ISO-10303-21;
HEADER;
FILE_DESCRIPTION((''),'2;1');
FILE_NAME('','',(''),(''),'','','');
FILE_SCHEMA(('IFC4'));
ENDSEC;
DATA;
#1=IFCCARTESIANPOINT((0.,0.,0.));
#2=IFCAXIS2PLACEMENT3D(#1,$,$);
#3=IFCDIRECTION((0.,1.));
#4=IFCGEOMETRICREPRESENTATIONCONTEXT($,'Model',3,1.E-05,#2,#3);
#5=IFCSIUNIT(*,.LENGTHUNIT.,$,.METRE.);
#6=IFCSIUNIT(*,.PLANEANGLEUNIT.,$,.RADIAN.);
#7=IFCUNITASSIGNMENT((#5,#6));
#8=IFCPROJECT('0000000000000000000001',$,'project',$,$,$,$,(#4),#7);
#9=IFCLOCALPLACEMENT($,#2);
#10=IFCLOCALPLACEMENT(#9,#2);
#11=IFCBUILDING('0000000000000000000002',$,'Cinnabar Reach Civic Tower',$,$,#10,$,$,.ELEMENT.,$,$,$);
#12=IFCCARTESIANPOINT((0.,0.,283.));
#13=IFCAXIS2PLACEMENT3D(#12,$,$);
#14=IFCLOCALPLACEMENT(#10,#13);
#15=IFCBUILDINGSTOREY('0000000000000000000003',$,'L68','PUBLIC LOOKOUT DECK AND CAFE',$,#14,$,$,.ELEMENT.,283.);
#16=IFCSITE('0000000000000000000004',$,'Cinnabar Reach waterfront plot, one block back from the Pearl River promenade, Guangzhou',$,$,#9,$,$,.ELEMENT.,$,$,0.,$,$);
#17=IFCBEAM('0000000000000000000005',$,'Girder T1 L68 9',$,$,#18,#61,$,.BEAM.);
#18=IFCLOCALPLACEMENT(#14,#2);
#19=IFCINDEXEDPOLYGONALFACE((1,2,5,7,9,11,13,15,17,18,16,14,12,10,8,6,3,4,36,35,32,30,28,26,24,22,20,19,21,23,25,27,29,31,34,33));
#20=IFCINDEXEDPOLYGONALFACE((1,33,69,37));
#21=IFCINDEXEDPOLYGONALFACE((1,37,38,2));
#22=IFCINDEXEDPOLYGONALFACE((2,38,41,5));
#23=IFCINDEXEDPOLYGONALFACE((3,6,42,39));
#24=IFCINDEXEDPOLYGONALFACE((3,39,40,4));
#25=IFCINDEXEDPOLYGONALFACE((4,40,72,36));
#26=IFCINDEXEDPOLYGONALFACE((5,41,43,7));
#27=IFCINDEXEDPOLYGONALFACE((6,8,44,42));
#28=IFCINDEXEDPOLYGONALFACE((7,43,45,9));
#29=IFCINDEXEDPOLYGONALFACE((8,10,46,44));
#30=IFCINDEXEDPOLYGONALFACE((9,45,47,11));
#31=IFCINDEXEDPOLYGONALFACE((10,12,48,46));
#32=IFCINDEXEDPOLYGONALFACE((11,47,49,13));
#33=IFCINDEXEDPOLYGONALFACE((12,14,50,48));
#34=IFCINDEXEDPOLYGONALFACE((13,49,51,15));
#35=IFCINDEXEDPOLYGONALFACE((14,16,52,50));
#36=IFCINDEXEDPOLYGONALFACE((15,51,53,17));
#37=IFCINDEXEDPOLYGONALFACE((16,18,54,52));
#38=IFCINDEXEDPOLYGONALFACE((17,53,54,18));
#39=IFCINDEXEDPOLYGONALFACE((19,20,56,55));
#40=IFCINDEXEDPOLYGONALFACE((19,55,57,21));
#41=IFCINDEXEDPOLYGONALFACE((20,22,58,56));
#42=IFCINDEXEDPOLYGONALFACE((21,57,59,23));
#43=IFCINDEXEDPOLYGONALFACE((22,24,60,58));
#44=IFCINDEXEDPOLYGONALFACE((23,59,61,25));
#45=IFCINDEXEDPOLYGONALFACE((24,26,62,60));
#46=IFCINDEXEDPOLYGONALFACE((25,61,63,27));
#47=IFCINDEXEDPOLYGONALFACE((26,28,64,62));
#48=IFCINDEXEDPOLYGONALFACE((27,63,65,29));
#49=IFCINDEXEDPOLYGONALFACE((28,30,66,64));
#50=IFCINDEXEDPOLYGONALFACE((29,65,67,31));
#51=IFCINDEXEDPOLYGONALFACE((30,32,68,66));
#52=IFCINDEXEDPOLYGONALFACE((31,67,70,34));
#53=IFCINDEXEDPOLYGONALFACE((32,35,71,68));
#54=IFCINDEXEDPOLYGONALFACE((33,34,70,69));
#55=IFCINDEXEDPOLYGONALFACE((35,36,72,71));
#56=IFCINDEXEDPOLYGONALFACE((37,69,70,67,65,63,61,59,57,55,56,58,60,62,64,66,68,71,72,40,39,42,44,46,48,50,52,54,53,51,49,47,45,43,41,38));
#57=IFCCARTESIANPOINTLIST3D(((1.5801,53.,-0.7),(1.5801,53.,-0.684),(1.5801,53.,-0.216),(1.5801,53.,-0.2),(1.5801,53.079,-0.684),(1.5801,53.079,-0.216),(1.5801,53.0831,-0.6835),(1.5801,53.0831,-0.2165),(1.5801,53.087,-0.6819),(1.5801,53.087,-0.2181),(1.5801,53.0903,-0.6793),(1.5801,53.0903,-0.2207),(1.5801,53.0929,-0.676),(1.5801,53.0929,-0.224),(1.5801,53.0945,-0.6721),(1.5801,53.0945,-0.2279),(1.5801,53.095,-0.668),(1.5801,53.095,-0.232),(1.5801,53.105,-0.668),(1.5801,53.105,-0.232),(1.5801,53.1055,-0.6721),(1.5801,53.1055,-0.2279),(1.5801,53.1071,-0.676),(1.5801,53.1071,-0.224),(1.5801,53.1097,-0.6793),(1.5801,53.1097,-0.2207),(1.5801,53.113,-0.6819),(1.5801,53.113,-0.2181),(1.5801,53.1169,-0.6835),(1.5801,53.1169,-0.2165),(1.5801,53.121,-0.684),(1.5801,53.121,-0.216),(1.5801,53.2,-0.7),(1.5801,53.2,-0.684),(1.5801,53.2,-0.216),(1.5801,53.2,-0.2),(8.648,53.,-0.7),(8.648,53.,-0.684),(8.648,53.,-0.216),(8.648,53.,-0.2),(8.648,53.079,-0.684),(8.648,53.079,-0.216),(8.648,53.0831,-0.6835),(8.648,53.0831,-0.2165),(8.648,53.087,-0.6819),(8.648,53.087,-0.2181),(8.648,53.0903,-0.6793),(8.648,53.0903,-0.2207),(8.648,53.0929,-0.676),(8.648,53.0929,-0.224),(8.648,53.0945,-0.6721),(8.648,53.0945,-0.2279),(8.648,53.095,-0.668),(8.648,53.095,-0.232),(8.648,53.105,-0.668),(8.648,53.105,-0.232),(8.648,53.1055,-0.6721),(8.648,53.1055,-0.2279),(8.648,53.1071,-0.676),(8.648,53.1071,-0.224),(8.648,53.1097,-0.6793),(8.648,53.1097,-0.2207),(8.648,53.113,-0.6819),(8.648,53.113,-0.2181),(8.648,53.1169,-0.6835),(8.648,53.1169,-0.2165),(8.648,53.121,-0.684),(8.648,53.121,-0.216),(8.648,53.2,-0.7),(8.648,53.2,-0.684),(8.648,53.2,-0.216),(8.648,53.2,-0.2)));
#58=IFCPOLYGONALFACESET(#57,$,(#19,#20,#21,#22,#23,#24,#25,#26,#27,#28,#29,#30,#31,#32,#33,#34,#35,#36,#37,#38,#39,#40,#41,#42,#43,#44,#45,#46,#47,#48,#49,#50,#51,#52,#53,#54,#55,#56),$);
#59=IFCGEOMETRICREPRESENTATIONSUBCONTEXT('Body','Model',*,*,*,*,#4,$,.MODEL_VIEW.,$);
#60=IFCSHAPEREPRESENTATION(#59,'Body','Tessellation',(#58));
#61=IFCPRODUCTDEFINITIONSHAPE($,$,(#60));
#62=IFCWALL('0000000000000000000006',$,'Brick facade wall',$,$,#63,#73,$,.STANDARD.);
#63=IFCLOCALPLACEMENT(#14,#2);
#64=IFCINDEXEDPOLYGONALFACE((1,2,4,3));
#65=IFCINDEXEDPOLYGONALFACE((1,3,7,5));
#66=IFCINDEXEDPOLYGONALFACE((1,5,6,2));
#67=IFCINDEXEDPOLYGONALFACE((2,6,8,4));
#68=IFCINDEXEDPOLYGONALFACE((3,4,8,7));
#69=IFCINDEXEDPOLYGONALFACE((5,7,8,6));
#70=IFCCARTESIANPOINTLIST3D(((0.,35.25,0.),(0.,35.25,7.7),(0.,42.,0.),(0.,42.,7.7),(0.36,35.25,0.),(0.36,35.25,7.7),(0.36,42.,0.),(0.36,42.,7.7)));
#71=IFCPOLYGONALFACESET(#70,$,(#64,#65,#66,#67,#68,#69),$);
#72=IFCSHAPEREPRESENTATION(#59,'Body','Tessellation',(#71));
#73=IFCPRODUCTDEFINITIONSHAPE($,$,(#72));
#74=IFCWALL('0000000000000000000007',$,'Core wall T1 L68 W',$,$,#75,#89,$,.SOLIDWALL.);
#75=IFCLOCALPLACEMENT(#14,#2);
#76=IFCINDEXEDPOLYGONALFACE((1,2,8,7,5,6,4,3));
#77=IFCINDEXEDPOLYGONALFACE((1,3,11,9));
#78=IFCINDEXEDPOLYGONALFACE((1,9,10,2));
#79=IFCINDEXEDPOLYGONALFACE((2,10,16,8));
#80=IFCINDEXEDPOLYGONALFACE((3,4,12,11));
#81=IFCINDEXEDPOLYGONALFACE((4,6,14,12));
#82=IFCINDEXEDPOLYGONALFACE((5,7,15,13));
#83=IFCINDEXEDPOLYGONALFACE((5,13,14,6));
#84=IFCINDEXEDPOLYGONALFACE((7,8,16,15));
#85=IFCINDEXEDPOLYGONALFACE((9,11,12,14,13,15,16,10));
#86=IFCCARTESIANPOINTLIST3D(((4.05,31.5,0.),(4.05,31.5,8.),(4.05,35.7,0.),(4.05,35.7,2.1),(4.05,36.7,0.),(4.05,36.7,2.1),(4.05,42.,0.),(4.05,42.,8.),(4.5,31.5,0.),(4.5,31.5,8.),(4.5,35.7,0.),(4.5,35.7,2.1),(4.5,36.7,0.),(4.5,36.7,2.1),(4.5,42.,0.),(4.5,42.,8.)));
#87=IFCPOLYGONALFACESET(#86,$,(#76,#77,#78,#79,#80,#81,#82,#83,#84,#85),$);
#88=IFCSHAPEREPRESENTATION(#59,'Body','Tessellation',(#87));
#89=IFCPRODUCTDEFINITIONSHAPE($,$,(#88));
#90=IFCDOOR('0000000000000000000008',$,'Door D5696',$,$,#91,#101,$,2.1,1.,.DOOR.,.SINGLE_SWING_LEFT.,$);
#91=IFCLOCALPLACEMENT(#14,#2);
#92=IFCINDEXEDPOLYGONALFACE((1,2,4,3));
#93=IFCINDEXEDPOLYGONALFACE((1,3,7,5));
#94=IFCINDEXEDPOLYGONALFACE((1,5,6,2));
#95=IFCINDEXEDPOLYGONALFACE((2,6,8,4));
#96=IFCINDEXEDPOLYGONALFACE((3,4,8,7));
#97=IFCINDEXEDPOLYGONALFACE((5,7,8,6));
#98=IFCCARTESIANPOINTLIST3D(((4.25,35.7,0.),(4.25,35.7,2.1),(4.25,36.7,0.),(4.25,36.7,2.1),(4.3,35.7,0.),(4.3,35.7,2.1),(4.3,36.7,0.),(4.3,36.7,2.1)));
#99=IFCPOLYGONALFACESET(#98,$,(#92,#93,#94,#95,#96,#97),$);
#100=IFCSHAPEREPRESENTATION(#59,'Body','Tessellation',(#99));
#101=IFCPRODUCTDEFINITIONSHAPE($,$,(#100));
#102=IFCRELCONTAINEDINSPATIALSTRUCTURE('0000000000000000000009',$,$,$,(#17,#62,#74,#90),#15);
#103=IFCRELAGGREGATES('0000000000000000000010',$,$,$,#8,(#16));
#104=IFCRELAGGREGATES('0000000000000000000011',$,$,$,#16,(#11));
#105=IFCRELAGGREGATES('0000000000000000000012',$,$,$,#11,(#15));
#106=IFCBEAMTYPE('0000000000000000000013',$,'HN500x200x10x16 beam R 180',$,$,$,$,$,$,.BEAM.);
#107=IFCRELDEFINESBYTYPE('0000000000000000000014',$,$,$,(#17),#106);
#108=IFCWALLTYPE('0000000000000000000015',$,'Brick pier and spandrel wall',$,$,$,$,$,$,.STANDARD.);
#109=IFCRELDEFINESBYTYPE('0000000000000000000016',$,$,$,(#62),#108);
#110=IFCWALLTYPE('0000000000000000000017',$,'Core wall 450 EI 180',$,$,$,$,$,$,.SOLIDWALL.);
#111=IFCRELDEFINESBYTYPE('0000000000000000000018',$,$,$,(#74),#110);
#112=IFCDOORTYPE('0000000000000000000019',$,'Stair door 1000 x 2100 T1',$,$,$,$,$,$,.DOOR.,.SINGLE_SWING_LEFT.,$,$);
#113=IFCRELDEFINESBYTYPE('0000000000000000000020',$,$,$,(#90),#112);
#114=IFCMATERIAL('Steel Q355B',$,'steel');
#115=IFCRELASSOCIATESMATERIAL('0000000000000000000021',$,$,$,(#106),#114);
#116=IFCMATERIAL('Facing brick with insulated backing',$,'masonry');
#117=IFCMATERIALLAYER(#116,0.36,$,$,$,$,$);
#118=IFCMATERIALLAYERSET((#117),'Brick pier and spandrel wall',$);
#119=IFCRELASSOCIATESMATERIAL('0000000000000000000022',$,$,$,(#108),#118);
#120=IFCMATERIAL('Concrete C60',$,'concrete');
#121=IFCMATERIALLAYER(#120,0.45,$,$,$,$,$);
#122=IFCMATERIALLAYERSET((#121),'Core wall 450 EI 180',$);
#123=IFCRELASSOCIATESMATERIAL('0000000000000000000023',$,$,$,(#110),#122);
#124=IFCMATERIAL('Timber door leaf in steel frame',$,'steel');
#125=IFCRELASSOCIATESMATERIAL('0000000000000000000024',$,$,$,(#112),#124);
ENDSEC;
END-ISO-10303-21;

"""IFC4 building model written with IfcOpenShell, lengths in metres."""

from ifc_helpers import new_model, si_unit, direction, frame, frame_2d, origin, origin_2d, place, context, subcontext, project, spatial, rectangle, i_section, extrude, material, layer, layer_set, material_profile, profile_set, type_object, element, fill, save


model = new_model("IFC4")

# Units and contexts
model_context = context("Model", 3, precision=1e-05, world=origin(), true_north=direction((0.0, 1.0)))
body_context = subcontext(model_context, "Body", "Model", "MODEL_VIEW")
ifc_project = project(units=[si_unit("LENGTHUNIT", "METRE"), si_unit("PLANEANGLEUNIT", "RADIAN")], contexts=[model_context])

# Site, building, storey
site_placement = place(None, origin())
site = spatial("IfcSite", under=ifc_project, at=site_placement, Name="Cinnabar Reach waterfront plot, one block back from the Pearl River promenade, Guangzhou", CompositionType="ELEMENT", RefElevation=0.0)
building_placement = place(site_placement, origin())
building = spatial("IfcBuilding", under=site, at=building_placement, Name="Cinnabar Reach Civic Tower", CompositionType="ELEMENT")
storey_placement = place(building_placement, frame((0.0, 0.0, 283.0)))
storey = spatial("IfcBuildingStorey", under=building, at=storey_placement, Name="L68", Description="PUBLIC LOOKOUT DECK AND CAFE", CompositionType="ELEMENT", Elevation=283.0)

# Shared definitions
ifc_material_1 = material(Name="Concrete C60", Category="concrete")

# Beam
ifc_material_2 = material(Name="Steel Q355B", Category="steel")
ifc_material_profile_1 = material_profile(ifc_material_2, i_section(OverallWidth=0.2, OverallDepth=0.5, WebThickness=0.01, FlangeThickness=0.016, FilletRadius=0.016, at=origin_2d()), Name="HN500x200x10x16")
ifc_profile_set_1 = profile_set([ifc_material_profile_1], Name="Steel Q355B")
beam_type_1 = type_object("IfcBeamType", Name="HN500x200x10x16 beam R 180", PredefinedType="BEAM", material=ifc_profile_set_1)
beam_1_placement = place(storey_placement, frame((1.5801, 53.1, -0.45), z_axis=(1.0, 0.0, 0.0), x_axis=(0.0, 1.0, 0.0)))
element("IfcBeam", 1, at=beam_1_placement, inside=storey, type_object=beam_type_1, Name="Girder T1 L68 9", PredefinedType="BEAM", context=body_context, shape_type="SweptSolid", body=[
    extrude(i_section(OverallWidth=0.2, OverallDepth=0.5, WebThickness=0.01, FlangeThickness=0.016, FilletRadius=0.016, at=origin_2d()), origin(), (0.0, 0.0, 1.0), 7.0679),
])

# Wall
ifc_material_3 = material(Name="Facing brick with insulated backing", Category="masonry")
ifc_layer_1 = layer(ifc_material_3, 0.36)
ifc_layer_set_1 = layer_set([ifc_layer_1], Name="Brick pier and spandrel wall")
wall_type_1 = type_object("IfcWallType", Name="Brick pier and spandrel wall", PredefinedType="STANDARD", material=ifc_layer_set_1)
wall_1_placement = place(storey_placement, frame((0.18, 42.0, 0.0), z_axis=(0.0, 0.0, 1.0), x_axis=(0.0, -1.0, 0.0)))
element("IfcWall", 2, at=wall_1_placement, inside=storey, type_object=wall_type_1, Name="Brick facade wall", PredefinedType="STANDARD", context=body_context, shape_type="SweptSolid", body=[
    extrude(rectangle(XDim=6.75, YDim=0.36, at=frame_2d((3.375, 0.0))), origin(), (0.0, 0.0, 1.0), 7.7),
])

# Wall, opening, door
ifc_layer_2 = layer(ifc_material_1, 0.45)
ifc_layer_set_2 = layer_set([ifc_layer_2], Name="Core wall 450 EI 180")
wall_type_2 = type_object("IfcWallType", Name="Core wall 450 EI 180", PredefinedType="SOLIDWALL", material=ifc_layer_set_2)
wall_2_placement = place(storey_placement, frame((4.275, 42.0, 0.0), z_axis=(0.0, 0.0, 1.0), x_axis=(0.0, -1.0, 0.0)))
wall_2 = element("IfcWall", 3, at=wall_2_placement, inside=storey, type_object=wall_type_2, Name="Core wall T1 L68 W", PredefinedType="SOLIDWALL", context=body_context, shape_type="SweptSolid", body=[
    extrude(rectangle(XDim=10.5, YDim=0.45, at=frame_2d((5.25, 0.0))), origin(), (0.0, 0.0, 1.0), 8.0),
])
opening_1_placement = place(wall_2_placement, frame((5.3, 0.0, 0.0)))
opening_1 = element("IfcOpeningElement", 4, at=opening_1_placement, cuts=wall_2, PredefinedType="OPENING", context=body_context, shape_type="SweptSolid", body=[
    extrude(rectangle(XDim=1.0, YDim=2.1, at=frame_2d((0.5, 1.05))), frame((0.0, 0.235, 0.0), z_axis=(0.0, -1.0, 0.0), x_axis=(1.0, 0.0, 0.0)), (0.0, 0.0, 1.0), 0.47),
])
ifc_material_4 = material(Name="Timber door leaf in steel frame", Category="steel")
door_type_1 = type_object("IfcDoorType", Name="Stair door 1000 x 2100 T1", OperationType="SINGLE_SWING_LEFT", PredefinedType="DOOR", material=ifc_material_4)
door_1_placement = place(opening_1_placement, frame((1.0, 0.0, 0.0), z_axis=(0.0, 0.0, 1.0), x_axis=(-1.0, 0.0, 0.0)))
door_1 = element("IfcDoor", 5, at=door_1_placement, inside=storey, type_object=door_type_1, Name="Door D5696", OperationType="SINGLE_SWING_LEFT", OverallHeight=2.1, OverallWidth=1.0, PredefinedType="DOOR", context=body_context, shape_type="SweptSolid", body=[
    extrude(rectangle(XDim=1.0, YDim=2.1, at=frame_2d((0.5, 1.05))), frame((0.0, 0.025, 0.0), z_axis=(0.0, -1.0, 0.0), x_axis=(1.0, 0.0, 0.0)), (0.0, 0.0, 1.0), 0.05),
])
fill(opening_1, door_1)

save(model, "model.ifc")
